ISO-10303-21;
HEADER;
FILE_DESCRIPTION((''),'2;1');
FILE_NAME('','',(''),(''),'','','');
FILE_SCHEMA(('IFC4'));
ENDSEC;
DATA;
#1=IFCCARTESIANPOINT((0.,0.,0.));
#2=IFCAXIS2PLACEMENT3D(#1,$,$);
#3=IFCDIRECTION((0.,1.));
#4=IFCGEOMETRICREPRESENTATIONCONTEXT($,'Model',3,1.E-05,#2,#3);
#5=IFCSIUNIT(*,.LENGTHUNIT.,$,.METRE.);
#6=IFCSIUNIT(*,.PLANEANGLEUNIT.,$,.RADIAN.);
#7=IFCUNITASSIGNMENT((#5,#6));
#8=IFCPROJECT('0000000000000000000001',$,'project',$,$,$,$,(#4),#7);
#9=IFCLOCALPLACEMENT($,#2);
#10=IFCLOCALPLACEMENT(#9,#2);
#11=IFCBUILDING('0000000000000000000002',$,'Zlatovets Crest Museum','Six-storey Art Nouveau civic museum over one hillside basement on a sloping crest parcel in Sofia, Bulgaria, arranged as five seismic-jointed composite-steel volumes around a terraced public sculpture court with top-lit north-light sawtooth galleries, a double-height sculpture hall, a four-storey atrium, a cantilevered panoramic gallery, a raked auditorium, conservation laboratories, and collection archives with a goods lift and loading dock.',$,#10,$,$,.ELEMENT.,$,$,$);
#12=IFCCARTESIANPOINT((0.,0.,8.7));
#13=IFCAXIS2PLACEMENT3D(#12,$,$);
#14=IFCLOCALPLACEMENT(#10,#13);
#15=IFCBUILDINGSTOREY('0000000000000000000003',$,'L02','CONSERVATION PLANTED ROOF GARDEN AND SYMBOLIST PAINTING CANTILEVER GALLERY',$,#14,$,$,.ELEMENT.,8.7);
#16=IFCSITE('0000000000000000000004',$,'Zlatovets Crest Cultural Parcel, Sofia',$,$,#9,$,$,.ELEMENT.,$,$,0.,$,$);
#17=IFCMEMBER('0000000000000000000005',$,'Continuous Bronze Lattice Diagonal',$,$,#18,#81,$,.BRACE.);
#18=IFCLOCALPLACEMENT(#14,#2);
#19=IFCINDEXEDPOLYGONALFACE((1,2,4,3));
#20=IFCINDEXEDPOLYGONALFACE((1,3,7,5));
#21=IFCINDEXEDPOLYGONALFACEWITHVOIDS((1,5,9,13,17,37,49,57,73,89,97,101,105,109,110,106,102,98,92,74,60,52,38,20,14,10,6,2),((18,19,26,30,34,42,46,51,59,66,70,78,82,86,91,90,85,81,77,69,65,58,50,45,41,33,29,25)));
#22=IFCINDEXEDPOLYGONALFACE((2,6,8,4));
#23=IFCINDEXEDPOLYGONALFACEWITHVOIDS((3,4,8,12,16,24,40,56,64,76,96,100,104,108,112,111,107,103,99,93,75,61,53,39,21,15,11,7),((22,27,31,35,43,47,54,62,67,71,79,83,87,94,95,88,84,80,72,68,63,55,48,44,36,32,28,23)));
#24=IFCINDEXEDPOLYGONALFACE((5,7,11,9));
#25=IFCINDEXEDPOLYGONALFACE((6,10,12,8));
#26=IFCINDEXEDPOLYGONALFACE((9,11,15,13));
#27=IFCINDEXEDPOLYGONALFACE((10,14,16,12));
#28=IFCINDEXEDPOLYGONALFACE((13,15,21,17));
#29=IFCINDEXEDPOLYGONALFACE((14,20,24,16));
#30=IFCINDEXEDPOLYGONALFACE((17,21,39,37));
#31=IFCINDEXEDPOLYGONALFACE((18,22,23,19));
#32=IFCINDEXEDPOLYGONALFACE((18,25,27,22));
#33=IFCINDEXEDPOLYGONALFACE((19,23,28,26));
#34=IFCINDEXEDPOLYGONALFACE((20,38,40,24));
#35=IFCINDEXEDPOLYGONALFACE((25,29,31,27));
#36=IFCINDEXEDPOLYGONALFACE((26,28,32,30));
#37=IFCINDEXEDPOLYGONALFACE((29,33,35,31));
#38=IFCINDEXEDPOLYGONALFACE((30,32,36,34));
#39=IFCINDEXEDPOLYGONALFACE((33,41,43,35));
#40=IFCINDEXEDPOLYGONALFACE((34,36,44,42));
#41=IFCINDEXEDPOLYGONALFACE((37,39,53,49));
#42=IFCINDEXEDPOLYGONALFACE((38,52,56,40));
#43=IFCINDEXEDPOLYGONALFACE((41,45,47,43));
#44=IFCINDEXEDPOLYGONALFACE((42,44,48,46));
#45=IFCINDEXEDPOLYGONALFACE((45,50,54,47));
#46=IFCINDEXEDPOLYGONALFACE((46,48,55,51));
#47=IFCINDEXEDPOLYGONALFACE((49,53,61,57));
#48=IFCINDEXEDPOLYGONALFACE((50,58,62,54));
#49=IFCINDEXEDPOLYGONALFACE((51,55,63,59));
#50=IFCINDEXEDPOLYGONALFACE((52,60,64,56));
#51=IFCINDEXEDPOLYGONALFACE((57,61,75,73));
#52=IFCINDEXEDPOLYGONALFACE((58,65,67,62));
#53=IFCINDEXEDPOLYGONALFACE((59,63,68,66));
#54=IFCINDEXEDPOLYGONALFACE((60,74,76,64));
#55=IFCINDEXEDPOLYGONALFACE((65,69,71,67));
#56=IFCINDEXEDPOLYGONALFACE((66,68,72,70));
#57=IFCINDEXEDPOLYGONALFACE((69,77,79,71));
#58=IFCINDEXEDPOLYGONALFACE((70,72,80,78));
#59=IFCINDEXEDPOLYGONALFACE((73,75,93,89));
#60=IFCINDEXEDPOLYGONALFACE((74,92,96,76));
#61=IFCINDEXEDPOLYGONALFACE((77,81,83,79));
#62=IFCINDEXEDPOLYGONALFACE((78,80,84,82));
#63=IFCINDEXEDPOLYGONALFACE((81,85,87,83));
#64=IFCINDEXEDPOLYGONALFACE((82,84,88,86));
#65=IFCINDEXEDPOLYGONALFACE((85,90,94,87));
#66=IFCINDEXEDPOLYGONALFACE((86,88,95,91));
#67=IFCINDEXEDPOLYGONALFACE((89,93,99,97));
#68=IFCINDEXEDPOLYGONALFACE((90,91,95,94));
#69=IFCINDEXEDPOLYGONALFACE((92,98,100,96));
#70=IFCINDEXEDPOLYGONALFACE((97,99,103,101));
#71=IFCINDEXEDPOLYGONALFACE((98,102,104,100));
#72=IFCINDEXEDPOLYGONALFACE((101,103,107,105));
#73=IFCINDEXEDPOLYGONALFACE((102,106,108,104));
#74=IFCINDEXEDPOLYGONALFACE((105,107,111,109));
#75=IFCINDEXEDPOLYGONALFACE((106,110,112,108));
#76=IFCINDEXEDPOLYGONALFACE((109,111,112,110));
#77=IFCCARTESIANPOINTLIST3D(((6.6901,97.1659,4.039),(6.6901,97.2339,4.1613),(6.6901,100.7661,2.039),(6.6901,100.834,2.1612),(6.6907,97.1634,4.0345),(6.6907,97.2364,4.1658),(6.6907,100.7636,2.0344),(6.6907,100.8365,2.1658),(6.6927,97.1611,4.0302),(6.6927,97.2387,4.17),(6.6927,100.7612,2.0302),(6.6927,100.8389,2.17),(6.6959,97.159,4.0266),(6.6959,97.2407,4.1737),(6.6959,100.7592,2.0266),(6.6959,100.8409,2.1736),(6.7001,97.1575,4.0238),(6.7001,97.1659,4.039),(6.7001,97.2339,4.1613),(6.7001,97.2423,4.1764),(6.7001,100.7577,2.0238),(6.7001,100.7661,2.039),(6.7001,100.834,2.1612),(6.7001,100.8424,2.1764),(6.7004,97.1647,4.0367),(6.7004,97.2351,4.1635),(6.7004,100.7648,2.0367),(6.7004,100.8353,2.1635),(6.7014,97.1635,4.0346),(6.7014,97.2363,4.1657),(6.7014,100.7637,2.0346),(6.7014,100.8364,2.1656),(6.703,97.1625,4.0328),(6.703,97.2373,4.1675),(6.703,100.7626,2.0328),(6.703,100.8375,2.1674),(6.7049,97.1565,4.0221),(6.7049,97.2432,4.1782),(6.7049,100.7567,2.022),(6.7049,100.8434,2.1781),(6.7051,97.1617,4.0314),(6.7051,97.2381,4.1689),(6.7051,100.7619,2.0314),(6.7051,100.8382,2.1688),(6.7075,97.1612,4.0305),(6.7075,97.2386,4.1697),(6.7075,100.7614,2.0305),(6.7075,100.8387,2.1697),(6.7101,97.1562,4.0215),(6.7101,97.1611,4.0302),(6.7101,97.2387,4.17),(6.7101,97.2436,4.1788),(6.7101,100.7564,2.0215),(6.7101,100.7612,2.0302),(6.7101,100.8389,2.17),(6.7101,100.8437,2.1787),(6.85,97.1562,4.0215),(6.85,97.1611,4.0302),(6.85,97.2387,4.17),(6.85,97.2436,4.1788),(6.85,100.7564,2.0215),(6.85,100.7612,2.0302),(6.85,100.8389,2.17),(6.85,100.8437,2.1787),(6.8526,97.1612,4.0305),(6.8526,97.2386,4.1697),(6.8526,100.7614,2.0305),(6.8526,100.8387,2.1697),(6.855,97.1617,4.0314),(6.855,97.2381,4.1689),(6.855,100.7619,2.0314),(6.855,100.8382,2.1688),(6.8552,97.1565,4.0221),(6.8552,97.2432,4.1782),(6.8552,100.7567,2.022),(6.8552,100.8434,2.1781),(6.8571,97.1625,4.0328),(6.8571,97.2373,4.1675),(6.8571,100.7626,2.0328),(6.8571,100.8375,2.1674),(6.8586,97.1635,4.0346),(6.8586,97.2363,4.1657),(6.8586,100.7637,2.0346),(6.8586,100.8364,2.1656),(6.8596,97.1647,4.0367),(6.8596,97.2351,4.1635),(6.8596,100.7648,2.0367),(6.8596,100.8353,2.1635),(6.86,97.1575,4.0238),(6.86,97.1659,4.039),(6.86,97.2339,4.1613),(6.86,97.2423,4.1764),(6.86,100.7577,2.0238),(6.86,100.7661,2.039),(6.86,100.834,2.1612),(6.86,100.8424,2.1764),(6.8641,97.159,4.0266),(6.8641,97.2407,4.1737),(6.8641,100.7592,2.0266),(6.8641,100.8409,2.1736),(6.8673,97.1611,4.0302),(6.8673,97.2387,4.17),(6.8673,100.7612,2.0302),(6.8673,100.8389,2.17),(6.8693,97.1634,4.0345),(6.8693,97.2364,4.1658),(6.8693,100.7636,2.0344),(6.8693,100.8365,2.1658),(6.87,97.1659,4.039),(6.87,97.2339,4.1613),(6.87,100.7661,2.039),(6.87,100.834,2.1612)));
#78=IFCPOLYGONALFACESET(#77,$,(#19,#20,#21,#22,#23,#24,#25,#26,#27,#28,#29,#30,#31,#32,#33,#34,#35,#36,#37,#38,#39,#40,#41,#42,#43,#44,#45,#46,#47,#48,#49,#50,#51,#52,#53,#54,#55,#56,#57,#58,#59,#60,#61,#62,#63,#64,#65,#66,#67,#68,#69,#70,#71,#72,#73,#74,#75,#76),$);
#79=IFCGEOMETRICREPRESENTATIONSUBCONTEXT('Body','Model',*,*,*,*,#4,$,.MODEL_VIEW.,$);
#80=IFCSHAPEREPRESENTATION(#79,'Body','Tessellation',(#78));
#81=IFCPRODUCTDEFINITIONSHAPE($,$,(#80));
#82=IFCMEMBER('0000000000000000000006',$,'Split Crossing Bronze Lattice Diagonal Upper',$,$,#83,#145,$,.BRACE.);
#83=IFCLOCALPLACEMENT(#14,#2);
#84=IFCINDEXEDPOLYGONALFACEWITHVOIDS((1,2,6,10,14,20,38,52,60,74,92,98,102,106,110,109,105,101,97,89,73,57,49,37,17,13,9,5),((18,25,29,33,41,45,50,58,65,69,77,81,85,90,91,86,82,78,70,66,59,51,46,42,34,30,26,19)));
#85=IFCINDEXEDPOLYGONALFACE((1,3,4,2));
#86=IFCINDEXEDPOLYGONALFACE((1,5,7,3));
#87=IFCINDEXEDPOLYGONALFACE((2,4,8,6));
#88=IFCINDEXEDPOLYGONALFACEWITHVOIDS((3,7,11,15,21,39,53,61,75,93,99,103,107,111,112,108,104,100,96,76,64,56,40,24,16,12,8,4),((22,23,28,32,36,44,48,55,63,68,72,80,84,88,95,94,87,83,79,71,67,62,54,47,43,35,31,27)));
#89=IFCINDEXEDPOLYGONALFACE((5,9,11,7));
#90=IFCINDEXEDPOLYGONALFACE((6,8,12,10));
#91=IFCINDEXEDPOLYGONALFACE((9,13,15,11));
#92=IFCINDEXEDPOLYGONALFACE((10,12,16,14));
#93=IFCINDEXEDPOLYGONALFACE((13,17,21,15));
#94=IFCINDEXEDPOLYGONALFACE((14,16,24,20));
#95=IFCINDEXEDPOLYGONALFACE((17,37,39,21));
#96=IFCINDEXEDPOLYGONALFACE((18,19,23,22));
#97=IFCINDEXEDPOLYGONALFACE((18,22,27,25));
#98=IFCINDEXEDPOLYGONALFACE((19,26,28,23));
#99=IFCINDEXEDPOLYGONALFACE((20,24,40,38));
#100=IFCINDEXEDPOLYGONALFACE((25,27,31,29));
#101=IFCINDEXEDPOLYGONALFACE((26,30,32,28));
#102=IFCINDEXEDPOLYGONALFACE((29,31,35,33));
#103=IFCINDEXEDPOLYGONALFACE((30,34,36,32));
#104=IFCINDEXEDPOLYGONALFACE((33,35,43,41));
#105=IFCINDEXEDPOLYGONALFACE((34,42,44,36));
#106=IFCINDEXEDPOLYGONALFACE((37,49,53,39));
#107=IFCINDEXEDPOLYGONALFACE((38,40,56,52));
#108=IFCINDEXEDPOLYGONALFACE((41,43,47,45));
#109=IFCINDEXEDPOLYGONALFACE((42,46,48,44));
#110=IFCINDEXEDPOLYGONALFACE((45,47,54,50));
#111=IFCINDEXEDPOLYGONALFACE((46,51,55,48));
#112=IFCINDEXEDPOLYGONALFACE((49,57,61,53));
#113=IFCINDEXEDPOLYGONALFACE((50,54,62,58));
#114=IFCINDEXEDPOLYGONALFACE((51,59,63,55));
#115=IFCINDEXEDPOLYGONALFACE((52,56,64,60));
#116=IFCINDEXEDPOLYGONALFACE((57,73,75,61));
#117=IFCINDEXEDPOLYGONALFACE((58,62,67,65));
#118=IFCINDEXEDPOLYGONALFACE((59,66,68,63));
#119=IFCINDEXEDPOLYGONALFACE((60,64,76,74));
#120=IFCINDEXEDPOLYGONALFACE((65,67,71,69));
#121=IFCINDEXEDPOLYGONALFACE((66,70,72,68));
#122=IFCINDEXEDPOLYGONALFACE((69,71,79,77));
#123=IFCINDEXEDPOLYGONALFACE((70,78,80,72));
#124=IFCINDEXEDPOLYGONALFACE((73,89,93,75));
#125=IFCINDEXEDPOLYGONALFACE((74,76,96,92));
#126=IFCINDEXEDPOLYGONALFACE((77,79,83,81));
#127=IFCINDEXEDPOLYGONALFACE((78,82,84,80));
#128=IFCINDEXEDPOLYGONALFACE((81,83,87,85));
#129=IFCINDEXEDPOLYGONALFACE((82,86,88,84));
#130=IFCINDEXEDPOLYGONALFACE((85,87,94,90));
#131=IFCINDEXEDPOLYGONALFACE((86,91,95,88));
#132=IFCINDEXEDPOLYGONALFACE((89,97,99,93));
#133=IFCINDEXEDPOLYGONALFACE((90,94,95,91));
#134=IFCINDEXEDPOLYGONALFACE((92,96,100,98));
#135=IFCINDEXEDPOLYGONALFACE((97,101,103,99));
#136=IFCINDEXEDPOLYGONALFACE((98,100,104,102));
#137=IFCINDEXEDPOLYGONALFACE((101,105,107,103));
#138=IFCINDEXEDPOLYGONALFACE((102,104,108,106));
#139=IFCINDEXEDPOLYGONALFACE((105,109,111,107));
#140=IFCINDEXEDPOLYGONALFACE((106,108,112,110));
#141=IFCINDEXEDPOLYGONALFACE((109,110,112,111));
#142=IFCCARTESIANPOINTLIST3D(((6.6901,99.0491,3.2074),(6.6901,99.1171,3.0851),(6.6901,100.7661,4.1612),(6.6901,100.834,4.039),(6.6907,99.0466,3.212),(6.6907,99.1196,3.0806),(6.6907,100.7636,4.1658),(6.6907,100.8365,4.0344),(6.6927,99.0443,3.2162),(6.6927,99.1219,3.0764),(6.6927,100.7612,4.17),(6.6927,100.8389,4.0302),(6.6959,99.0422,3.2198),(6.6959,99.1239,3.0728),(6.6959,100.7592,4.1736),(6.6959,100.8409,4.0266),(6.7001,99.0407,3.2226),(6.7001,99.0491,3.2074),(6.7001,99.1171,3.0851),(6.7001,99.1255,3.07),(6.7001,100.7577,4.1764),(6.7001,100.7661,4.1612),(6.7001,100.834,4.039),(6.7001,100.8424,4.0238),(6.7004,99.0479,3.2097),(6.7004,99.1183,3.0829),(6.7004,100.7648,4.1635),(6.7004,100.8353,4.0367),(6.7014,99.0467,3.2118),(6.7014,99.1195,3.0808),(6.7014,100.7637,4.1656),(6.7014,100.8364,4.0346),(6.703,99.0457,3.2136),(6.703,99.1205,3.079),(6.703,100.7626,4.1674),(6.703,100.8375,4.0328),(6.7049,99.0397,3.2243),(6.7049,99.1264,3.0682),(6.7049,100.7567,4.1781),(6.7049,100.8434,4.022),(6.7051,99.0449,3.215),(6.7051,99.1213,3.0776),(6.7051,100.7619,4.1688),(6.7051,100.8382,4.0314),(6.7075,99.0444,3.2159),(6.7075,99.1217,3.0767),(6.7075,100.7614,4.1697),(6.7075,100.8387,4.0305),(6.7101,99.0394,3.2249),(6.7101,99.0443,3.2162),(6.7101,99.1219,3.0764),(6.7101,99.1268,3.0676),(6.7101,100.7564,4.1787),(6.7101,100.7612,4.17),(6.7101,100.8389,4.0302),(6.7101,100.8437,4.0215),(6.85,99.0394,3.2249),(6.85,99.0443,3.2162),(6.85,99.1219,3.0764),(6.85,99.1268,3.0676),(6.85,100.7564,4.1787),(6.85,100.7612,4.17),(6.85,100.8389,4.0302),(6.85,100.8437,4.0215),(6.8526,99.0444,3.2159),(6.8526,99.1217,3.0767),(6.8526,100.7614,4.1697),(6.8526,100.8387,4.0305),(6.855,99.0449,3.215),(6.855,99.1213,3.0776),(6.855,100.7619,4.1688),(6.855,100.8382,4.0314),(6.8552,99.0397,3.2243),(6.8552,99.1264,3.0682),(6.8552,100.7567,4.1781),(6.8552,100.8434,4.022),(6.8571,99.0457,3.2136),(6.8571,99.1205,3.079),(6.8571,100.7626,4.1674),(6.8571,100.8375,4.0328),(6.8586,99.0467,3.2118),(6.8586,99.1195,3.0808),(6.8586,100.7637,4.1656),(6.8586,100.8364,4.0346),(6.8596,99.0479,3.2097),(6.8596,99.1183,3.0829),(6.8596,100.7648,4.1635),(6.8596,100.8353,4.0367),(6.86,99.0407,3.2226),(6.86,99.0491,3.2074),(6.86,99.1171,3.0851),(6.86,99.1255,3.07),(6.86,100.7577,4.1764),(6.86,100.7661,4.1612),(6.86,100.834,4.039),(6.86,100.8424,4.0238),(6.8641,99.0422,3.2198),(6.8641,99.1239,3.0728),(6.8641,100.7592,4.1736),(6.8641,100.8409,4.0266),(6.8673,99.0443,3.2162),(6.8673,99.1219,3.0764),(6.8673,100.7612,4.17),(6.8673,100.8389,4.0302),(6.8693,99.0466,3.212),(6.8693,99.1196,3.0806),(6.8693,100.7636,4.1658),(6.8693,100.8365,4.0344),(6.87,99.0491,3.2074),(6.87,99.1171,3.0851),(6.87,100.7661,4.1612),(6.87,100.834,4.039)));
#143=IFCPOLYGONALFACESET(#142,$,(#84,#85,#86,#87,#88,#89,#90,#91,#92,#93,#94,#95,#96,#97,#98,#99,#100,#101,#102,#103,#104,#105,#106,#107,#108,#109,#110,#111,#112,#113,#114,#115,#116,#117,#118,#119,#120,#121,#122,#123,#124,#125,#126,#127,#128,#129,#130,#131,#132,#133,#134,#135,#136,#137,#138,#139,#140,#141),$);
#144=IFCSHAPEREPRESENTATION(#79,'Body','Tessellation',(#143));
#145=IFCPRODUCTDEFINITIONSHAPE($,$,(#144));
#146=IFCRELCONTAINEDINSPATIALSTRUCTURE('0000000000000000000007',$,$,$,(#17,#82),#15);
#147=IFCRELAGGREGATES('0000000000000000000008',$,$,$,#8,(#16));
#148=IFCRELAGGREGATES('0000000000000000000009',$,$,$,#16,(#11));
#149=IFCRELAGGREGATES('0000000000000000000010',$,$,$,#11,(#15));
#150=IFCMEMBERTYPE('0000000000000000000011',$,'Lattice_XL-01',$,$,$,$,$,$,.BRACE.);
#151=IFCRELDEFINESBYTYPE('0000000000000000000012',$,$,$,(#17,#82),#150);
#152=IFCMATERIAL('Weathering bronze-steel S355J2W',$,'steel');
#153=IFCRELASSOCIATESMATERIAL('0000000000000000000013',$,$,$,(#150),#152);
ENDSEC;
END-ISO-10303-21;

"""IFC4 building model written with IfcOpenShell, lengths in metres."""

from ifc_helpers import new_model, si_unit, direction, frame, origin, origin_2d, place, context, subcontext, project, spatial, hollow_rectangle, extrude, material, material_profile, profile_set, type_object, element, save


model = new_model("IFC4")

# Units and contexts
model_context = context("Model", 3, precision=1e-05, world=origin(), true_north=direction((0.0, 1.0)))
body_context = subcontext(model_context, "Body", "Model", "MODEL_VIEW")
ifc_project = project(units=[si_unit("LENGTHUNIT", "METRE"), si_unit("PLANEANGLEUNIT", "RADIAN")], contexts=[model_context])

# Site, building, storey
site_placement = place(None, origin())
site = spatial("IfcSite", under=ifc_project, at=site_placement, Name="Zlatovets Crest Cultural Parcel, Sofia", CompositionType="ELEMENT", RefElevation=0.0)
building_placement = place(site_placement, origin())
building = spatial("IfcBuilding", under=site, at=building_placement, Name="Zlatovets Crest Museum", Description="Six-storey Art Nouveau civic museum over one hillside basement on a sloping crest parcel in Sofia, Bulgaria, arranged as five seismic-jointed composite-steel volumes around a terraced public sculpture court with top-lit north-light sawtooth galleries, a double-height sculpture hall, a four-storey atrium, a cantilevered panoramic gallery, a raked auditorium, conservation laboratories, and collection archives with a goods lift and loading dock.", CompositionType="ELEMENT")
storey_placement = place(building_placement, frame((0.0, 0.0, 8.7)))
storey = spatial("IfcBuildingStorey", under=building, at=storey_placement, Name="L02", Description="CONSERVATION PLANTED ROOF GARDEN AND SYMBOLIST PAINTING CANTILEVER GALLERY", CompositionType="ELEMENT", Elevation=8.7)

# Members
ifc_material_1 = material(Name="Weathering bronze-steel S355J2W", Category="steel")
ifc_material_profile_1 = material_profile(ifc_material_1, hollow_rectangle(XDim=0.1799, YDim=0.1799, WallThickness=0.01, InnerFilletRadius=0.01, OuterFilletRadius=0.02, at=origin_2d()), Name="SHS 180x180x10.0")
ifc_profile_set_1 = profile_set([ifc_material_profile_1], Name="Weathering bronze-steel S355J2W")
member_type_1 = type_object("IfcMemberType", Name="Lattice_XL-01", PredefinedType="BRACE", material=ifc_profile_set_1)
member_1_placement = place(storey_placement, frame((6.78, 100.8, 2.1001), z_axis=(0.0, -0.874163, 0.485633), x_axis=(1.0, 0.0, 0.0)))
element("IfcMember", 1, at=member_1_placement, inside=storey, type_object=member_type_1, Name="Continuous Bronze Lattice Diagonal", PredefinedType="BRACE", context=body_context, shape_type="SweptSolid", body=[
    extrude(hollow_rectangle(XDim=0.1799, YDim=0.1799, WallThickness=0.01, InnerFilletRadius=0.01, OuterFilletRadius=0.02, at=origin_2d()), origin(), (0.0, 0.0, 1.0), 4.1184),
])
for number, where, z_axis, x_axis, name in (
    (2, (6.78, 100.8, 4.1001), (0.0, -0.874169, -0.485622), (1.0, 0.0, 0.0), "Split Crossing Bronze Lattice Diagonal Upper"),
):
    element("IfcMember", number, at=place(storey_placement, frame(where, z_axis=z_axis, x_axis=x_axis)), inside=storey, type_object=member_type_1, Name=name, PredefinedType="BRACE", context=body_context, shape_type="SweptSolid", body=[
        extrude(hollow_rectangle(XDim=0.1799, YDim=0.1799, WallThickness=0.01, InnerFilletRadius=0.01, OuterFilletRadius=0.02, at=origin_2d()), origin(), (0.0, 0.0, 1.0), 1.9641),
    ])

save(model, "model.ifc")
